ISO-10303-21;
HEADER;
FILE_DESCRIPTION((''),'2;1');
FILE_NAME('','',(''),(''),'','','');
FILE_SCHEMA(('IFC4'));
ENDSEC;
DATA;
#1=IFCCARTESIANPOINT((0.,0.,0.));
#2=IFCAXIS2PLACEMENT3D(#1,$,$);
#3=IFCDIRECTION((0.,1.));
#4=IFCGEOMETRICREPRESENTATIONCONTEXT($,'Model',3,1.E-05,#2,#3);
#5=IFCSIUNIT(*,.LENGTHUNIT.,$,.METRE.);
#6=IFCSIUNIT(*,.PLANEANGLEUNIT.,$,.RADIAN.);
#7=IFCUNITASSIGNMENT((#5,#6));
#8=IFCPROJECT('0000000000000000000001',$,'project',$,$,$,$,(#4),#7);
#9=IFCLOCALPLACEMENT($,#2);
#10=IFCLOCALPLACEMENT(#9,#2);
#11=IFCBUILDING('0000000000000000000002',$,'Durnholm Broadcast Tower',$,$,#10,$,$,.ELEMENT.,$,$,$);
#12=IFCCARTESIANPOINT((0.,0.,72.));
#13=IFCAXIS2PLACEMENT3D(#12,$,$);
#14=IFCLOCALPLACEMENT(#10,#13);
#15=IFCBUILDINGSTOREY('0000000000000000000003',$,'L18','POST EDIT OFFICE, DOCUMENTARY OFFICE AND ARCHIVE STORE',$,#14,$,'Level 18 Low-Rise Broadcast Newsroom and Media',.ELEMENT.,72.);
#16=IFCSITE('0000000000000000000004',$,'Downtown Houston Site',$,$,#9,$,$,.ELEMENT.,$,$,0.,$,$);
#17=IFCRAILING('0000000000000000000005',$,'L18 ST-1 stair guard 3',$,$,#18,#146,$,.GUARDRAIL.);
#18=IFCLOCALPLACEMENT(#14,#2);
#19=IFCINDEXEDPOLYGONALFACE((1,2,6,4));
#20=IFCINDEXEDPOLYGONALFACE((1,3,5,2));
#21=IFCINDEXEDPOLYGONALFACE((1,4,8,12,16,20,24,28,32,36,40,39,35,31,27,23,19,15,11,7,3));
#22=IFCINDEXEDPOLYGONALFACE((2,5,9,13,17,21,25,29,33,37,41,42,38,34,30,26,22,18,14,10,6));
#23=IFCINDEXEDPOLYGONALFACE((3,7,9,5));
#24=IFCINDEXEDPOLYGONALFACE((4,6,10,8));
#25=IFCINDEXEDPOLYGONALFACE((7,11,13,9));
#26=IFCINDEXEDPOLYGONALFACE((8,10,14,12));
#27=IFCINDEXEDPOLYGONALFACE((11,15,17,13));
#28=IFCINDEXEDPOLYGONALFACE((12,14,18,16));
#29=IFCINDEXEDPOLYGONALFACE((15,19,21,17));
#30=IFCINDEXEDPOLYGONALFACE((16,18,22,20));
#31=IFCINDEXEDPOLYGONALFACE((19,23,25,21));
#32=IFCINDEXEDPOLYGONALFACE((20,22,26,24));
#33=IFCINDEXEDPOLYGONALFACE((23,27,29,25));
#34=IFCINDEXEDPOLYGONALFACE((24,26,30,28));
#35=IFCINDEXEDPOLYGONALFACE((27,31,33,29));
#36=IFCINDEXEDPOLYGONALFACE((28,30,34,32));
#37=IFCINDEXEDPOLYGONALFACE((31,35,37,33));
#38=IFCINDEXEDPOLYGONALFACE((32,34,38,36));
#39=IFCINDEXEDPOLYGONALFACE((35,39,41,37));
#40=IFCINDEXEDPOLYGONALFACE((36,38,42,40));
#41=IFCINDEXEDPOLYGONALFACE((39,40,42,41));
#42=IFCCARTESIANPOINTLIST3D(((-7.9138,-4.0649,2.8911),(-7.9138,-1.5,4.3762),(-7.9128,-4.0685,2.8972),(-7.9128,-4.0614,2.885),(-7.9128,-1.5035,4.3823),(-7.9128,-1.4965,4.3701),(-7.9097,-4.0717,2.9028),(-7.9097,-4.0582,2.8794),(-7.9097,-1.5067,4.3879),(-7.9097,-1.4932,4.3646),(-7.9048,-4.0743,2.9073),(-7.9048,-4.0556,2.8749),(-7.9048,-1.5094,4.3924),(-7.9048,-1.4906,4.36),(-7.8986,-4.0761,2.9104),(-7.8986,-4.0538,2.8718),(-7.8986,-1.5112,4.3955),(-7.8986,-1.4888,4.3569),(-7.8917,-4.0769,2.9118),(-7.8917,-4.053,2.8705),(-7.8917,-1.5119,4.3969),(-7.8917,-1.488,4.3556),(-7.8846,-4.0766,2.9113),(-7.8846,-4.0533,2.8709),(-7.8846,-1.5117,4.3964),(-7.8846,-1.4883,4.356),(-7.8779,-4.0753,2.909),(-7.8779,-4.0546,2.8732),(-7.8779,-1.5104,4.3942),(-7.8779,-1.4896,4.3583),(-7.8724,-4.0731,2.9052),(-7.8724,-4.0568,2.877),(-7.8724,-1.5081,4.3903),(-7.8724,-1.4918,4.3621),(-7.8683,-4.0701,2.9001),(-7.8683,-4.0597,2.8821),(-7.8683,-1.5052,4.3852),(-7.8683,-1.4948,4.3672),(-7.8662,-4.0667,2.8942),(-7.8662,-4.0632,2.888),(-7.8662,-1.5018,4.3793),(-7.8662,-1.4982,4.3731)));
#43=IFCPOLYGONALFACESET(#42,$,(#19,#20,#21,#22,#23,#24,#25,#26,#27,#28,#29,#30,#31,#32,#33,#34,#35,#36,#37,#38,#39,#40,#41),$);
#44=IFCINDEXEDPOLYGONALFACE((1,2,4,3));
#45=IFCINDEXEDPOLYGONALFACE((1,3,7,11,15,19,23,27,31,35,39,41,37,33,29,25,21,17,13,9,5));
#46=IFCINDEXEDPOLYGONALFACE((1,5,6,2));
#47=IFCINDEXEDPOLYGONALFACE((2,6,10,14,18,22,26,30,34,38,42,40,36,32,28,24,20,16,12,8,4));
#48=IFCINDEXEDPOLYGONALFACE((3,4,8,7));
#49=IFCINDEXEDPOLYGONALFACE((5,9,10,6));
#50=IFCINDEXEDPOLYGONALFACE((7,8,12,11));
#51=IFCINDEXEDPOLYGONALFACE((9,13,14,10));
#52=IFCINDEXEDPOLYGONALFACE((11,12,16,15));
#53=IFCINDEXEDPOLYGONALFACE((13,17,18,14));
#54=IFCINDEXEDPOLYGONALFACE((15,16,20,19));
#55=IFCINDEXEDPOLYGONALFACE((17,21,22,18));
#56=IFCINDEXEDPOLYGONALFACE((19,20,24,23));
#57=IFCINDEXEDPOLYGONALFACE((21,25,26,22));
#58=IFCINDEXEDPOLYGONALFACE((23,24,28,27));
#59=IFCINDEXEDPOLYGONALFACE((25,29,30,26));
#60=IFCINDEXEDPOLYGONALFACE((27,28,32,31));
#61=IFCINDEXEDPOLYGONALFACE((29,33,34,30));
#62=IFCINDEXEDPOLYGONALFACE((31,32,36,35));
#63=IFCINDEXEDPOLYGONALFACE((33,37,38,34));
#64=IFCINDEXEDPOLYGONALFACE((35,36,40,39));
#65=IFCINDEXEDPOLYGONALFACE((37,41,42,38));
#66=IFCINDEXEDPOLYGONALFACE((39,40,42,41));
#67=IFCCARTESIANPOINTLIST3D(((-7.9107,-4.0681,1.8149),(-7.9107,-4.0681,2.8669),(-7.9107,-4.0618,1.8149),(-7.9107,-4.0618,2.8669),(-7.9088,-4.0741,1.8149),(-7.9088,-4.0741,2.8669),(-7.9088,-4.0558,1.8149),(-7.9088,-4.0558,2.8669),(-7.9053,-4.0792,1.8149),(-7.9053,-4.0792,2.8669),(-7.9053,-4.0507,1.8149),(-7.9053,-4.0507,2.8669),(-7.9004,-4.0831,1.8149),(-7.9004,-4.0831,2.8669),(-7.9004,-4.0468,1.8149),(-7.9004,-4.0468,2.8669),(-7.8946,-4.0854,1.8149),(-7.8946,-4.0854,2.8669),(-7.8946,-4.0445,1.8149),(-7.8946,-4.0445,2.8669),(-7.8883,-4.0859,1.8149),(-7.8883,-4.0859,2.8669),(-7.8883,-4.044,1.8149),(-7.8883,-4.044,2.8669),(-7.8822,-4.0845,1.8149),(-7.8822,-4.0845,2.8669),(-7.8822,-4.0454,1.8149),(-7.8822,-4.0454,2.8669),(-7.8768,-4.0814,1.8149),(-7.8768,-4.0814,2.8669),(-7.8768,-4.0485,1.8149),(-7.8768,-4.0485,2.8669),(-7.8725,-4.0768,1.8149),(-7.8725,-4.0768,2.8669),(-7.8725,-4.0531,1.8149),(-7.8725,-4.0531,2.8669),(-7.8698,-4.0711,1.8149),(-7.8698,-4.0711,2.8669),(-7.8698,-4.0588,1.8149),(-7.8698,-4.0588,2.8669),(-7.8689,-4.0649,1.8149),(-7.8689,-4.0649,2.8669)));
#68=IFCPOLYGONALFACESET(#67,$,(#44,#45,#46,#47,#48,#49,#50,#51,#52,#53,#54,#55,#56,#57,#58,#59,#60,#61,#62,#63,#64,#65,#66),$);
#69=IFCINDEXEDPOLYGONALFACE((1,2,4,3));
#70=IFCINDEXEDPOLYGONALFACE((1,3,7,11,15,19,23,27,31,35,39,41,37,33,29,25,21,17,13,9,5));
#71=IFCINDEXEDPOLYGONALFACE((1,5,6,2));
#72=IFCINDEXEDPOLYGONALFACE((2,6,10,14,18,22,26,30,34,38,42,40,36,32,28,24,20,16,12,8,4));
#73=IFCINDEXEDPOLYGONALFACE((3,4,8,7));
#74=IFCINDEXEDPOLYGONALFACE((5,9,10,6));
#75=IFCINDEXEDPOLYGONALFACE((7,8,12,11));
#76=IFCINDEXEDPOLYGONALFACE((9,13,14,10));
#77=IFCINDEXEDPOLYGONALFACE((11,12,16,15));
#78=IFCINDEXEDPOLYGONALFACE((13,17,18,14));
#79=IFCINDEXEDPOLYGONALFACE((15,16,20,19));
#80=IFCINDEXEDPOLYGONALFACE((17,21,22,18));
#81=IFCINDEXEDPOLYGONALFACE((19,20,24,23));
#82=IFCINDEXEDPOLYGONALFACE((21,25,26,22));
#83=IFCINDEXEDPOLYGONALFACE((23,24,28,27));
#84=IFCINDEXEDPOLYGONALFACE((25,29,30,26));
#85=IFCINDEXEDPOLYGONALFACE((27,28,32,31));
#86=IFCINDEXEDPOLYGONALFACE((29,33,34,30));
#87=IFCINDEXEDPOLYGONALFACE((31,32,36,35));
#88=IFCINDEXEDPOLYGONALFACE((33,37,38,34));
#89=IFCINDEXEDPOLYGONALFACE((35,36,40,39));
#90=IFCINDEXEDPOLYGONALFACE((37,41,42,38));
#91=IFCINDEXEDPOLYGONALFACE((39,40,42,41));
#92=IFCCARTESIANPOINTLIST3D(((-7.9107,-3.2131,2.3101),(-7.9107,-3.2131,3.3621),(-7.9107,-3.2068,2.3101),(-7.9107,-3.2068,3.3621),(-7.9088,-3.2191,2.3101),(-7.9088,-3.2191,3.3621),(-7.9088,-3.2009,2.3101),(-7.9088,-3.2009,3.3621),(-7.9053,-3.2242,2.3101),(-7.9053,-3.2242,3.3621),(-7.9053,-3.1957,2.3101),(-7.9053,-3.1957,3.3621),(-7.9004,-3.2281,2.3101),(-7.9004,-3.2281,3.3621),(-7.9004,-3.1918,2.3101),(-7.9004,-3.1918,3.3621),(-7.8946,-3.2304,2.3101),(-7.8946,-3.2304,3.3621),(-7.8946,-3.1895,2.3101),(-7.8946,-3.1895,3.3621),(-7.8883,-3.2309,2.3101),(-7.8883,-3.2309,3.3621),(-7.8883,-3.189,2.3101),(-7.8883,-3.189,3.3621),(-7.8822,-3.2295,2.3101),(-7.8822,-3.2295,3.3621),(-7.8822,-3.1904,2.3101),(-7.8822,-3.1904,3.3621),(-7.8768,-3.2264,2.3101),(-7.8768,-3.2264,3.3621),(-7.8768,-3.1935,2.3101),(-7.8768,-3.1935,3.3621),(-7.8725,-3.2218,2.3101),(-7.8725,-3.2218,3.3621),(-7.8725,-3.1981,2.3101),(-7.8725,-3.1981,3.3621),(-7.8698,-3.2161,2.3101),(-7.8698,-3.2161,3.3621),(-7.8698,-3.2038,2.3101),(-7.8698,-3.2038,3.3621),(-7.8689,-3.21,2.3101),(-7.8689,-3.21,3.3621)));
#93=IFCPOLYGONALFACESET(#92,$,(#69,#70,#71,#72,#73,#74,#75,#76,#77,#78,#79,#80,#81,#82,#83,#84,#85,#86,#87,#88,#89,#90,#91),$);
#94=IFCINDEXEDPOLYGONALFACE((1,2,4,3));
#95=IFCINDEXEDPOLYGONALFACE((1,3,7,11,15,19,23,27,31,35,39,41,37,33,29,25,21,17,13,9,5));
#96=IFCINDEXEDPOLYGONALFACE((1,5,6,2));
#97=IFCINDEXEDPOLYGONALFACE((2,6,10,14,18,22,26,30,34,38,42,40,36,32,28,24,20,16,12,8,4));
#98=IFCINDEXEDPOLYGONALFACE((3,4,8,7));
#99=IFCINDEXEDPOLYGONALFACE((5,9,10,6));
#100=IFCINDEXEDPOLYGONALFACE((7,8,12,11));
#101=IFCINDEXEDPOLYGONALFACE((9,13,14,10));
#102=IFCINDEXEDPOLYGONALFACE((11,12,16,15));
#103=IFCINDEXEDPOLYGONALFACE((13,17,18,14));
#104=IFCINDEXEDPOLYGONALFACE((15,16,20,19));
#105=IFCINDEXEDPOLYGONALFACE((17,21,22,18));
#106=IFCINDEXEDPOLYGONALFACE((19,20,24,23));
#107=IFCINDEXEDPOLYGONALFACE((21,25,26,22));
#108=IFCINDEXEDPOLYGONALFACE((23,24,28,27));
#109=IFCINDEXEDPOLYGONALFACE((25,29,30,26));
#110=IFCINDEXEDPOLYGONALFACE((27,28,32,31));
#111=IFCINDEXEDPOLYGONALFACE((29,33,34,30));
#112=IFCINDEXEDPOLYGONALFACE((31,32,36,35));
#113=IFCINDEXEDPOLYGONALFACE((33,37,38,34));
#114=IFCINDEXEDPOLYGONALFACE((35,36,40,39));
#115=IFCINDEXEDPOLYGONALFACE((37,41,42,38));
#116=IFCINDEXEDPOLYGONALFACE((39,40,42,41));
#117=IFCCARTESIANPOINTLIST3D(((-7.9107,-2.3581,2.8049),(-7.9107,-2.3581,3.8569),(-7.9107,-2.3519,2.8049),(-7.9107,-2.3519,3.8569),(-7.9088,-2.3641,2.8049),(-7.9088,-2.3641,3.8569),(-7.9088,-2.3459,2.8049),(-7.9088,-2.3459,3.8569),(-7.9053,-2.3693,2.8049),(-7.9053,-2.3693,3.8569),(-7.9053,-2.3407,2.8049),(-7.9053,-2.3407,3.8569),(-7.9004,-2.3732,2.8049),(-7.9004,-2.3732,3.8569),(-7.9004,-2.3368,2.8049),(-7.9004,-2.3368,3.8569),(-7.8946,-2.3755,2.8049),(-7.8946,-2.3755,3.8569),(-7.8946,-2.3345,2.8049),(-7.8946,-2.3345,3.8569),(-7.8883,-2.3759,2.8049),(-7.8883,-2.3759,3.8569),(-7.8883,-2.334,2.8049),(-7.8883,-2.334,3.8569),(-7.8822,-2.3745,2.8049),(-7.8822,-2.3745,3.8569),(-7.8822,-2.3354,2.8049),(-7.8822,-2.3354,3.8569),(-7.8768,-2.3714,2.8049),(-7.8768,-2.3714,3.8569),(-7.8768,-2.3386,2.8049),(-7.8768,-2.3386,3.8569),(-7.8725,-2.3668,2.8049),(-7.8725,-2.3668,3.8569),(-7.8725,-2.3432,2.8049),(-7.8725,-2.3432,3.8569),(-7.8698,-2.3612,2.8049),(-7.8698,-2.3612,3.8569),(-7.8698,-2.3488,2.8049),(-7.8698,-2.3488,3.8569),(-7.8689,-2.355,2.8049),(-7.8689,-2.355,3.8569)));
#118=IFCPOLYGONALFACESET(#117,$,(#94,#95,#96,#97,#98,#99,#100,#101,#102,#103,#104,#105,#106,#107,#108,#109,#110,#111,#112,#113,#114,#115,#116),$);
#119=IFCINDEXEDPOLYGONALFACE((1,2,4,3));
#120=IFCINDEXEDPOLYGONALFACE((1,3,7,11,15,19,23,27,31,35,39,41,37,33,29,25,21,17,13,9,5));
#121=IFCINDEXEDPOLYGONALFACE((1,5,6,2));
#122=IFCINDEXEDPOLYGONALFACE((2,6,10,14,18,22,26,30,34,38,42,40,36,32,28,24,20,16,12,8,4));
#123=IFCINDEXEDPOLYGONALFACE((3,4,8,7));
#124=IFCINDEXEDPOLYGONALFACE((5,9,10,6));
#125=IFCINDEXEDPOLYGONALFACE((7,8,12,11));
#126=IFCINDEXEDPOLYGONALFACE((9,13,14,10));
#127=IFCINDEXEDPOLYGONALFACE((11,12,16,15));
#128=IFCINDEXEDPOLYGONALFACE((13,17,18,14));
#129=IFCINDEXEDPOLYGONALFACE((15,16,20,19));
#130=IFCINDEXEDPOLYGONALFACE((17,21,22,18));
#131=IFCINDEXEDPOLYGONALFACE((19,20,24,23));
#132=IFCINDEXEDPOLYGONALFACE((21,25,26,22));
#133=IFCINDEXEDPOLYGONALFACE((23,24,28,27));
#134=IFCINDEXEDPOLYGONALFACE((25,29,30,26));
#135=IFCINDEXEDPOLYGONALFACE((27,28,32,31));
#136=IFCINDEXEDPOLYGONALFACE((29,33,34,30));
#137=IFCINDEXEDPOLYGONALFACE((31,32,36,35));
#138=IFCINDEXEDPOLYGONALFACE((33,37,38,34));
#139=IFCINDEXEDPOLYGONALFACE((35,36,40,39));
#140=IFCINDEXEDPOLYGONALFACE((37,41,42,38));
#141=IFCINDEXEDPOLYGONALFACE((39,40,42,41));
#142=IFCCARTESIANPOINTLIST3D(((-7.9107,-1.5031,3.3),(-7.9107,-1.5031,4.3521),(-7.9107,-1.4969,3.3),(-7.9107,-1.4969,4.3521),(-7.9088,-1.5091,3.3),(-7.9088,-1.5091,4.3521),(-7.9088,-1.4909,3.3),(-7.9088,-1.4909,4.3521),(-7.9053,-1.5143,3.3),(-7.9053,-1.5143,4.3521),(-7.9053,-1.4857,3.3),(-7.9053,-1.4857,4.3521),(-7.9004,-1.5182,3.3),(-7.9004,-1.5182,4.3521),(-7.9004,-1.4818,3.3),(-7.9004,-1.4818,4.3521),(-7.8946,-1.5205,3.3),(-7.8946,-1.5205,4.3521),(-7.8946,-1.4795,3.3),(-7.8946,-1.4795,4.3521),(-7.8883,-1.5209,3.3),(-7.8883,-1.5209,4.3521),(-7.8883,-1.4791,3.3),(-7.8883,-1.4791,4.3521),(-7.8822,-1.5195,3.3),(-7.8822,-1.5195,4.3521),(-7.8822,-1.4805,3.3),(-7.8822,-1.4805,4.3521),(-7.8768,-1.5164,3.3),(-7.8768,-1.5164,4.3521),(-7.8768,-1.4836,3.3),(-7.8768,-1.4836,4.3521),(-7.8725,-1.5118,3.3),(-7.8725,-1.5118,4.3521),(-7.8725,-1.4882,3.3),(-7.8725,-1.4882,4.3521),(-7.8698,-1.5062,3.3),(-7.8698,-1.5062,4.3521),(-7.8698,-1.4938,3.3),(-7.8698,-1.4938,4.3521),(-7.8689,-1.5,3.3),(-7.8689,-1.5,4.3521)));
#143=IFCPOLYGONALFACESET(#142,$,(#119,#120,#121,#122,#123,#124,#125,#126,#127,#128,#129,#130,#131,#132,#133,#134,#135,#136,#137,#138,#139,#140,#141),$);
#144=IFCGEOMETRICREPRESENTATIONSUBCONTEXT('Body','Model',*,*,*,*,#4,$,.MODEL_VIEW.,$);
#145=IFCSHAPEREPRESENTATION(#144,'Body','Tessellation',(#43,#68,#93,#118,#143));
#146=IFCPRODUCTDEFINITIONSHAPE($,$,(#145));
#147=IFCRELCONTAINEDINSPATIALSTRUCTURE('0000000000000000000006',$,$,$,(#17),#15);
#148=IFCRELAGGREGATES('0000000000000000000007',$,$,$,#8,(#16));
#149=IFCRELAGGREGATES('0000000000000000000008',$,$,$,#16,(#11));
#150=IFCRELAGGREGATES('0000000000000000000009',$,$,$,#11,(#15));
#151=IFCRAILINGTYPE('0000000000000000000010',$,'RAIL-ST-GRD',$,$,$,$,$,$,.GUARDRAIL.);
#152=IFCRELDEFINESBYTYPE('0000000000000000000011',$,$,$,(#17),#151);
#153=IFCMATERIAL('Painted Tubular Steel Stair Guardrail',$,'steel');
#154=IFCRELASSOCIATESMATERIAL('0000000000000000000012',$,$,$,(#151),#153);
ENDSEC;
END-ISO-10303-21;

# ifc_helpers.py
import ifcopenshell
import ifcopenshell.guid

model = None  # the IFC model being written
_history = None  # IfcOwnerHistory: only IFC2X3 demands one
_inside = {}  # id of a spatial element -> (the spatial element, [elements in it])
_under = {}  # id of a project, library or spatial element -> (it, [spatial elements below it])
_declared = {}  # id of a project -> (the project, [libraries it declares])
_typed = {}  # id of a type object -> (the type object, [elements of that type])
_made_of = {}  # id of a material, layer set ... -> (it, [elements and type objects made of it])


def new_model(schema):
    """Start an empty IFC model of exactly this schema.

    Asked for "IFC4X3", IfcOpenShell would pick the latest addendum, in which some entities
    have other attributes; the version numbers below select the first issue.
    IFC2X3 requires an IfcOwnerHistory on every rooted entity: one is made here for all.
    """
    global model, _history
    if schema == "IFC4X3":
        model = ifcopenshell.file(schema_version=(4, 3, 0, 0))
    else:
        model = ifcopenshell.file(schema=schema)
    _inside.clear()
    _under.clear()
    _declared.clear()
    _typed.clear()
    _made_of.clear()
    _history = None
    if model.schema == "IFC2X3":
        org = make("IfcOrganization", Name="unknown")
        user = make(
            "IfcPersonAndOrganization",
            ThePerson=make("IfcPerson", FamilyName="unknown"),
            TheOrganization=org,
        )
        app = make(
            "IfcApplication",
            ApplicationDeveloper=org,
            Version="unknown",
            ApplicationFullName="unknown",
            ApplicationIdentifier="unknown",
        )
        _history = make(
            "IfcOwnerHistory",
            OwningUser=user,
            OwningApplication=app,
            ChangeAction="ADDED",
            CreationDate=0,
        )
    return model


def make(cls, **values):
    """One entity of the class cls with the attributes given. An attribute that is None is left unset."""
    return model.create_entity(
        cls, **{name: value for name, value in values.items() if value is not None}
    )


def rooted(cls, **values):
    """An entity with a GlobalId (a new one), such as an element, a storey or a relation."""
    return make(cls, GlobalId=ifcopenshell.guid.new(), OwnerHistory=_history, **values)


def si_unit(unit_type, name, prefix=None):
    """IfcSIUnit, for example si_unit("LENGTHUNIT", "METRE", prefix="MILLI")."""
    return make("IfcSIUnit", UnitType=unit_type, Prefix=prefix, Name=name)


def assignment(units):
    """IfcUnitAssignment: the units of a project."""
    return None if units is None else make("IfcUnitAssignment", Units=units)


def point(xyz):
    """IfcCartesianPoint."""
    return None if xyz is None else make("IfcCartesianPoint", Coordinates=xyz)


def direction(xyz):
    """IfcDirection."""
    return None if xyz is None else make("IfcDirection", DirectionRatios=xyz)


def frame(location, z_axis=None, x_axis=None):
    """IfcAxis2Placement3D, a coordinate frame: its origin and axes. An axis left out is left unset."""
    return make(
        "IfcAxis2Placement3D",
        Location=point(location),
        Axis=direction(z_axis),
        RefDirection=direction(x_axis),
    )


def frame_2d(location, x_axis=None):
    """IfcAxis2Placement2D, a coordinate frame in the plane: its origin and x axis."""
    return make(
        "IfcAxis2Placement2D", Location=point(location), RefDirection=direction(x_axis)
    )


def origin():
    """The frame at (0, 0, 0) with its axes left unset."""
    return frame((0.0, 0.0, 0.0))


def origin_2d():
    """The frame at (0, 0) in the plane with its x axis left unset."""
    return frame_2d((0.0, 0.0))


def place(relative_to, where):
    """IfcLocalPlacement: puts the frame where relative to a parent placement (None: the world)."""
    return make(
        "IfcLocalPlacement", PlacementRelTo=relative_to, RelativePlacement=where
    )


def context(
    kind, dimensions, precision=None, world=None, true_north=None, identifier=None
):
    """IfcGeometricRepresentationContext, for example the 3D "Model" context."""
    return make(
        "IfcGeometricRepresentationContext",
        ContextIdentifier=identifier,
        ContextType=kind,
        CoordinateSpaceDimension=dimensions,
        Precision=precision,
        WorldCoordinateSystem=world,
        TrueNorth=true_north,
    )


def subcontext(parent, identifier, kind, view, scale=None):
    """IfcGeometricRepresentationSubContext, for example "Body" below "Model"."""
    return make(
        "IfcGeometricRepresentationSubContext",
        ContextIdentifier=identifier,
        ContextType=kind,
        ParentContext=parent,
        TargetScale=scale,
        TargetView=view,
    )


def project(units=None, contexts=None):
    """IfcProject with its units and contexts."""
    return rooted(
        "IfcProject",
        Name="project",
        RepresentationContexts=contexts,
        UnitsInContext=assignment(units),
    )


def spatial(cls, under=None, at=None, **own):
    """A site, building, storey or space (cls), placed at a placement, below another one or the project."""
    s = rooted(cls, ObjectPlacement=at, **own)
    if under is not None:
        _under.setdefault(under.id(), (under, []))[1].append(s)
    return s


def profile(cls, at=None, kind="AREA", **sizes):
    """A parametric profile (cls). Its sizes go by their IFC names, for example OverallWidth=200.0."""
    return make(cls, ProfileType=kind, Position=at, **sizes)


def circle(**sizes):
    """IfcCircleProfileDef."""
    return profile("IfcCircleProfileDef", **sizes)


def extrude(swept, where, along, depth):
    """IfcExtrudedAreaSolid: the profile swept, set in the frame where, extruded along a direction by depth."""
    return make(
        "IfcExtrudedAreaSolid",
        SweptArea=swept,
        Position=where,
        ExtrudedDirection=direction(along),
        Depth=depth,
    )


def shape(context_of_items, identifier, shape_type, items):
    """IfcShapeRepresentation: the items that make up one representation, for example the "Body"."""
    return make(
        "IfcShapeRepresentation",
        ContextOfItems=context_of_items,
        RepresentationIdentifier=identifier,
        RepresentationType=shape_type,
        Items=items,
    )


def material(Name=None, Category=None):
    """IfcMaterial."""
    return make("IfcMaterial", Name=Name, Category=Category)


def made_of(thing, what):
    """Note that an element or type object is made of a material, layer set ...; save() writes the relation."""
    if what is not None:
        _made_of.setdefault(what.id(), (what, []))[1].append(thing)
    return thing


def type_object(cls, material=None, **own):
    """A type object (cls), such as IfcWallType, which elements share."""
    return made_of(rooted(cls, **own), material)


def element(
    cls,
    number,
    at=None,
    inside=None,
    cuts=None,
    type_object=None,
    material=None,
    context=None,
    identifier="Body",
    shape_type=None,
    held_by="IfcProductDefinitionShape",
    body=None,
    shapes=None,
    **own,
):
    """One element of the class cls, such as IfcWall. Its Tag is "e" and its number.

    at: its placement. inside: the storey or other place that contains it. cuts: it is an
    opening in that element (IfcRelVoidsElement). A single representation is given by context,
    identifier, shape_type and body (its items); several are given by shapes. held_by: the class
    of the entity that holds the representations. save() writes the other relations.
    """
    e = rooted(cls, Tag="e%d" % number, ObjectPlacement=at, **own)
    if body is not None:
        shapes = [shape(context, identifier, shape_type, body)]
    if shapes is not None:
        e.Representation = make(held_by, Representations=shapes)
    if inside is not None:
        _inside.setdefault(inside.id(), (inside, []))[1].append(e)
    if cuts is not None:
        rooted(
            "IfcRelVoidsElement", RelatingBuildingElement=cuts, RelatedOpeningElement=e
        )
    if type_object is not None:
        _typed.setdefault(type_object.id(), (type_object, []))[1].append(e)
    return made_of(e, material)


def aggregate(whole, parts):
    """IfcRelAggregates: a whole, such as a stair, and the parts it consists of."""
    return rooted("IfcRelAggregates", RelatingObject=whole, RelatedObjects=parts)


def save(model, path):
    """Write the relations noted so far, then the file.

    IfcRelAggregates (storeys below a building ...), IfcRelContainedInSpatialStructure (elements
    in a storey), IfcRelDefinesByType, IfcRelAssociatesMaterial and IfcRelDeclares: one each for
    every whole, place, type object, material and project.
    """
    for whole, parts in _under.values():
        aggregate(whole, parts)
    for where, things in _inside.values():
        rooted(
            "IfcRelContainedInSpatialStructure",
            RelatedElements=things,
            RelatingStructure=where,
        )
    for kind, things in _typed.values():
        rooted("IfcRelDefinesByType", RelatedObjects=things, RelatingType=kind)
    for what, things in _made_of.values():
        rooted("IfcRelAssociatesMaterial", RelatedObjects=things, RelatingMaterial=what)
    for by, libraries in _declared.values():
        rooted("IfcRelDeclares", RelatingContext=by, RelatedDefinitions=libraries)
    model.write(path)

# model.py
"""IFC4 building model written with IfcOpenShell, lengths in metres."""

from ifc_helpers import new_model, si_unit, direction, frame, origin, origin_2d, place, context, subcontext, project, spatial, circle, extrude, material, type_object, element, save


model = new_model("IFC4")

# Units and contexts
model_context = context("Model", 3, precision=1e-05, world=origin(), true_north=direction((0.0, 1.0)))
body_context = subcontext(model_context, "Body", "Model", "MODEL_VIEW")
ifc_project = project(units=[si_unit("LENGTHUNIT", "METRE"), si_unit("PLANEANGLEUNIT", "RADIAN")], contexts=[model_context])

# Site, building, storey
site_placement = place(None, origin())
site = spatial("IfcSite", under=ifc_project, at=site_placement, Name="Downtown Houston Site", CompositionType="ELEMENT", RefElevation=0.0)
building_placement = place(site_placement, origin())
building = spatial("IfcBuilding", under=site, at=building_placement, Name="Durnholm Broadcast Tower", CompositionType="ELEMENT")
storey_placement = place(building_placement, frame((0.0, 0.0, 72.0)))
storey = spatial("IfcBuildingStorey", under=building, at=storey_placement, Name="L18", Description="POST EDIT OFFICE, DOCUMENTARY OFFICE AND ARCHIVE STORE", LongName="Level 18 Low-Rise Broadcast Newsroom and Media", CompositionType="ELEMENT", Elevation=72.0)

# Railing
ifc_material_1 = material(Name="Painted Tubular Steel Stair Guardrail", Category="steel")
railing_type_1 = type_object("IfcRailingType", Name="RAIL-ST-GRD", PredefinedType="GUARDRAIL", material=ifc_material_1)
railing_1_placement = place(storey_placement, frame((-7.8899, -4.0649, 1.8149)))
element("IfcRailing", 1, at=railing_1_placement, inside=storey, type_object=railing_type_1, Name="L18 ST-1 stair guard 3", PredefinedType="GUARDRAIL", context=body_context, shape_type="SweptSolid", body=[
    extrude(circle(Radius=0.0239, at=origin_2d()), frame((0.0, 0.0, 1.0762), z_axis=(0.0, 0.865406, 0.501072), x_axis=(-1.0, 0.0, 0.0)), (0.0, 0.0, 1.0), 2.9639),
    extrude(circle(Radius=0.021, at=origin_2d()), origin(), (0.0, 0.0, 1.0), 1.052),
    extrude(circle(Radius=0.021, at=origin_2d()), frame((0.0, 0.855, 0.4951)), (0.0, 0.0, 1.0), 1.052),
    extrude(circle(Radius=0.021, at=origin_2d()), frame((0.0, 1.71, 0.99)), (0.0, 0.0, 1.0), 1.052),
    extrude(circle(Radius=0.021, at=origin_2d()), frame((0.0, 2.5649, 1.4851)), (0.0, 0.0, 1.0), 1.052),
])

save(model, "model.ifc")
